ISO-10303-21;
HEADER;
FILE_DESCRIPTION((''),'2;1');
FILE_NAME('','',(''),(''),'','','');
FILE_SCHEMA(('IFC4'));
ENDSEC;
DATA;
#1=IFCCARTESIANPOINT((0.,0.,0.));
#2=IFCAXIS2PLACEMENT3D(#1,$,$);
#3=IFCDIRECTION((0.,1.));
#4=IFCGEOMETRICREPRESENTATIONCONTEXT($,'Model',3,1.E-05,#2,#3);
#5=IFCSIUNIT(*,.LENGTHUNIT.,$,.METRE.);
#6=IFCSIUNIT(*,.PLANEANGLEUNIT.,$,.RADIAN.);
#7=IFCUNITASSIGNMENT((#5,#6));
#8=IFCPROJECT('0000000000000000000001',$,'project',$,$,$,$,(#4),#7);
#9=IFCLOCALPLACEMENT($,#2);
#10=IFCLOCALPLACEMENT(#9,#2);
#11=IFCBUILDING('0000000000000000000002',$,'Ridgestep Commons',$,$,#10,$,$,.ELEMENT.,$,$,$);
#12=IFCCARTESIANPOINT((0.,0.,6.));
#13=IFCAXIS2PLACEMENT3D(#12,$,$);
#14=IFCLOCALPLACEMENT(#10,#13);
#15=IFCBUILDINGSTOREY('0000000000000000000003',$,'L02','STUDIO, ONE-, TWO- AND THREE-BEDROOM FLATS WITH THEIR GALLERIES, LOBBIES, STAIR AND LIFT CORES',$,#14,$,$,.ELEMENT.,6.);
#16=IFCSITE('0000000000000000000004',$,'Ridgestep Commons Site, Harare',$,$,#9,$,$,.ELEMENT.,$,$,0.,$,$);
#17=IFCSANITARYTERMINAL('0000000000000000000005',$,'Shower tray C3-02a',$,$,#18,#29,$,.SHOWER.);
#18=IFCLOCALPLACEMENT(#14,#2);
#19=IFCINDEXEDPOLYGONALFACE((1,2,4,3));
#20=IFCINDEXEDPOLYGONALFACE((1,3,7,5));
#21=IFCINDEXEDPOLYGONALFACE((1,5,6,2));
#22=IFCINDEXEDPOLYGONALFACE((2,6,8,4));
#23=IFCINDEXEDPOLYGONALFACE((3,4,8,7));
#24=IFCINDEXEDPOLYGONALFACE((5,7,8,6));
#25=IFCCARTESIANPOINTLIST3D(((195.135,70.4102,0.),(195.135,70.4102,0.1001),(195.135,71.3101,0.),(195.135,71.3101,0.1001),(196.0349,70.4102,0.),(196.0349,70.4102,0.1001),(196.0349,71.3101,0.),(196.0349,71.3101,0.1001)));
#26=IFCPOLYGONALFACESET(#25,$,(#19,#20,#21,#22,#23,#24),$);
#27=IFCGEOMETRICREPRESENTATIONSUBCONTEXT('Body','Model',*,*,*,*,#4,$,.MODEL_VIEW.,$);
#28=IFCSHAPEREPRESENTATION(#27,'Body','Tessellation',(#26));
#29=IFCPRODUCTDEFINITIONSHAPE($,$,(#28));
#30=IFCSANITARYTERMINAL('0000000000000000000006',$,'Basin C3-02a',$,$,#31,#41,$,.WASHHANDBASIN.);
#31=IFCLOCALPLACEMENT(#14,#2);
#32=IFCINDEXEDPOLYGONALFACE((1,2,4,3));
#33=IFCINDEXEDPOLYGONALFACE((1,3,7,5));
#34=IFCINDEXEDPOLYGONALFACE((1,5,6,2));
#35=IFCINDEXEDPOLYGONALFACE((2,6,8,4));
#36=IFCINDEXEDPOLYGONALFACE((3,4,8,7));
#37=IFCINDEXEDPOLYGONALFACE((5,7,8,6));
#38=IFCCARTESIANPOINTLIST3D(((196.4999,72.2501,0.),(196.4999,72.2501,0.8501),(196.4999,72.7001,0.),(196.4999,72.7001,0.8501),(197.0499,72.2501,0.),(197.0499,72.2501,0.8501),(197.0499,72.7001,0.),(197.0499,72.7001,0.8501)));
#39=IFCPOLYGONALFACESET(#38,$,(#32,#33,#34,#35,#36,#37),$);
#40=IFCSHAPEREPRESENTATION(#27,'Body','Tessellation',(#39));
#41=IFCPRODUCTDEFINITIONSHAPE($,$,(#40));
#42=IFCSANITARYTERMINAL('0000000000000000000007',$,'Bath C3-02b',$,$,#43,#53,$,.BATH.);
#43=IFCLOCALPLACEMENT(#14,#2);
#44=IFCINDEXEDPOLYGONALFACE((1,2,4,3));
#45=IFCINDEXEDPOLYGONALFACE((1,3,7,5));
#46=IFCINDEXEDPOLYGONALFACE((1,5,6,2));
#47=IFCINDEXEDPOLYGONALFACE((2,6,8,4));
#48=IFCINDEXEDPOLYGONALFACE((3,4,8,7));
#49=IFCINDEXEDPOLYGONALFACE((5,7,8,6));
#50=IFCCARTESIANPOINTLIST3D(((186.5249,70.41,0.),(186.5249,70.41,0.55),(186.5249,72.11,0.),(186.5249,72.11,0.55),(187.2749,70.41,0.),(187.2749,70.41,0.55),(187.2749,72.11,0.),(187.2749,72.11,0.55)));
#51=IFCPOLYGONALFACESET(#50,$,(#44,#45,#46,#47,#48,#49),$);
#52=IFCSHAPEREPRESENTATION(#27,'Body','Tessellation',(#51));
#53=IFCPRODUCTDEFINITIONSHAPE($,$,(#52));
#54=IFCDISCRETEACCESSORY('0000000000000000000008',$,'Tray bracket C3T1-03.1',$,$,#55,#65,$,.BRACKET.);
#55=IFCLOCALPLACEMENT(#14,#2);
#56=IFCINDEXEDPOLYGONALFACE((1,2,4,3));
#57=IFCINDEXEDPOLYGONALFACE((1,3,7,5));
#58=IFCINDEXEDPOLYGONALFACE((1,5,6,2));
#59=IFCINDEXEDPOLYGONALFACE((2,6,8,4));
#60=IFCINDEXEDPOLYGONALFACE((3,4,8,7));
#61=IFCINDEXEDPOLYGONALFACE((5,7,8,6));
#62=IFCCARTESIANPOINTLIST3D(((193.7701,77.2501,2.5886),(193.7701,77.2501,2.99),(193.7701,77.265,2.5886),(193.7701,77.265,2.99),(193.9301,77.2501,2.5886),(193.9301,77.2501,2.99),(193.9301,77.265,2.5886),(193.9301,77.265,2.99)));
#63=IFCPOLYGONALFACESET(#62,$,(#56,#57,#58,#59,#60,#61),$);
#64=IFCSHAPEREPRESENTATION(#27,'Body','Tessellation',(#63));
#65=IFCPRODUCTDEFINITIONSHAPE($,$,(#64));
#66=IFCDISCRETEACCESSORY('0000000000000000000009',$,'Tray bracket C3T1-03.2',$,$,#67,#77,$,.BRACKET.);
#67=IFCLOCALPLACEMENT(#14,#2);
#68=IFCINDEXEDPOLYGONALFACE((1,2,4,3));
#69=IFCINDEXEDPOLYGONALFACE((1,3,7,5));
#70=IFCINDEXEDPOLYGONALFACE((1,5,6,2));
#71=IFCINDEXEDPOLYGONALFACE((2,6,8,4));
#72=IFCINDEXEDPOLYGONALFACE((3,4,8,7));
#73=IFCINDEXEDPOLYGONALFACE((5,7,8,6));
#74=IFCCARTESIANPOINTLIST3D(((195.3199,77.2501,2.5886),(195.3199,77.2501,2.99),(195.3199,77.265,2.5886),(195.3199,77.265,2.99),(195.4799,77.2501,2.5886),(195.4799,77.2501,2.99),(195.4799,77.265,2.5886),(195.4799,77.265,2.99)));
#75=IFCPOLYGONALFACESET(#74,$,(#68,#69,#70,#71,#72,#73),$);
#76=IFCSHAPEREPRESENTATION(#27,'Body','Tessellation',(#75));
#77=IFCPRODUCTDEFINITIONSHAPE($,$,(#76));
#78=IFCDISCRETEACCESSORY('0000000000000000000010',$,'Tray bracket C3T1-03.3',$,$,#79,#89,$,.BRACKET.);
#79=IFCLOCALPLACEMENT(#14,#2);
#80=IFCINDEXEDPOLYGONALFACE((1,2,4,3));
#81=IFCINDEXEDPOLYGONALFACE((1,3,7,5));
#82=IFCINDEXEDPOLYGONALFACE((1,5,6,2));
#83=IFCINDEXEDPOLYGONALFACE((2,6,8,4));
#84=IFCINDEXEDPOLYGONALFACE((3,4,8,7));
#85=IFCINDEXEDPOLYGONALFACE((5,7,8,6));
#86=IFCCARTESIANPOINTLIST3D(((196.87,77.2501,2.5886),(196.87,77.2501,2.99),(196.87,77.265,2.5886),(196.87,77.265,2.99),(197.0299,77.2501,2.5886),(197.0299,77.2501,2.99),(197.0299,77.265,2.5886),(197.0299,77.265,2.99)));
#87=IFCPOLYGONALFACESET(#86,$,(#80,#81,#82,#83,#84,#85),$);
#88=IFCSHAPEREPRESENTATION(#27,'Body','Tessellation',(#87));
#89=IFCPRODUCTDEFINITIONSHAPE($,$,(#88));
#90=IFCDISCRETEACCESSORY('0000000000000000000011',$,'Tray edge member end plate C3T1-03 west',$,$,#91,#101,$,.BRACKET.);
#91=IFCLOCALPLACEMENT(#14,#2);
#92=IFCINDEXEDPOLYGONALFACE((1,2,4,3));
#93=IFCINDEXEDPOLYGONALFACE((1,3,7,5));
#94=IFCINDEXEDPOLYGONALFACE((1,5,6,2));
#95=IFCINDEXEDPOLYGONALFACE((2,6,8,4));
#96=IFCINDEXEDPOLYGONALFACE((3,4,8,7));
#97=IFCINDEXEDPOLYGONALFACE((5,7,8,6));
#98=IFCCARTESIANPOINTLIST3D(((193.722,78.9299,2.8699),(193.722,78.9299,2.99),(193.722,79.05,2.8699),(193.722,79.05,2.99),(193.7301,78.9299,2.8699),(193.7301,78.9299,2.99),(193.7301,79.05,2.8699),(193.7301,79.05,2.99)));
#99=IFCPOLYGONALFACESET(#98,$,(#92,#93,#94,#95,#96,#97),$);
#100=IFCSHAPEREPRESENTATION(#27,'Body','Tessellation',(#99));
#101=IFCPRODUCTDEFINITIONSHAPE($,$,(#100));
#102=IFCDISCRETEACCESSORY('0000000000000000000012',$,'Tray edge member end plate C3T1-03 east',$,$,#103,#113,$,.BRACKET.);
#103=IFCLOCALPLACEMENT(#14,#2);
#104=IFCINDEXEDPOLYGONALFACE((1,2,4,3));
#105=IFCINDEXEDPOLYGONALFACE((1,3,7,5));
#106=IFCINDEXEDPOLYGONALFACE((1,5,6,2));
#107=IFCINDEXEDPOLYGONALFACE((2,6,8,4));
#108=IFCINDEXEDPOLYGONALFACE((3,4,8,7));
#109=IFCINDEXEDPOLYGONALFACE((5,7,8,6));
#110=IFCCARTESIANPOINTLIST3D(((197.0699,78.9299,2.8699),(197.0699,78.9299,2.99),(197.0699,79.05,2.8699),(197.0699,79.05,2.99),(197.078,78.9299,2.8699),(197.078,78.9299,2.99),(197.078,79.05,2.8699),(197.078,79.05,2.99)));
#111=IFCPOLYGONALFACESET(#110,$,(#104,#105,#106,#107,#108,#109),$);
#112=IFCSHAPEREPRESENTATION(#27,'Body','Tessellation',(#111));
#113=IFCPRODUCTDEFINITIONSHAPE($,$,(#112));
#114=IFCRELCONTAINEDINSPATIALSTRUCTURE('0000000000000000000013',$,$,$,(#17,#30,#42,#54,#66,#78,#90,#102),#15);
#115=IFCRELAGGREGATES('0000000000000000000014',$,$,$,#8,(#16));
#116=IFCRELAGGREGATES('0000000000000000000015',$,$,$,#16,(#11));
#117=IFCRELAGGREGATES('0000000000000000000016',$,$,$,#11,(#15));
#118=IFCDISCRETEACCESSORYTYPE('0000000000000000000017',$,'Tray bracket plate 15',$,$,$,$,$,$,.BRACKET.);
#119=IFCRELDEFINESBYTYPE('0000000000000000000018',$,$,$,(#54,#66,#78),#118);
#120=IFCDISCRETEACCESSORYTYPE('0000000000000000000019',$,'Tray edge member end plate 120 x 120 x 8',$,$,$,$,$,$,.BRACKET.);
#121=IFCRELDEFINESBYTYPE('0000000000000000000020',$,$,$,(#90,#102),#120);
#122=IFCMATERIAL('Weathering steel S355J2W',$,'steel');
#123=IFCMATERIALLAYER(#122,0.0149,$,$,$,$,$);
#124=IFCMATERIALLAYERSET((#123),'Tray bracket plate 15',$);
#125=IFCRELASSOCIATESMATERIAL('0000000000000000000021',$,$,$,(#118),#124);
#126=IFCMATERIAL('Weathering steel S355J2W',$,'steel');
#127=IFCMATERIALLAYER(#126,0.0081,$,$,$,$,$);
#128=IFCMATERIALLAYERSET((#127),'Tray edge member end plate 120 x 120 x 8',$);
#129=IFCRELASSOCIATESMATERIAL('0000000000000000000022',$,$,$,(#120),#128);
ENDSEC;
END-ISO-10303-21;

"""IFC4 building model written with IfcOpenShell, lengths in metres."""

from ifc_helpers import new_model, si_unit, direction, frame, origin, origin_2d, place, context, subcontext, project, spatial, rectangle, extrude, material, layer, layer_set, type_object, element, save


model = new_model("IFC4")

# Units and contexts
model_context = context("Model", 3, precision=1e-05, world=origin(), true_north=direction((0.0, 1.0)))
body_context = subcontext(model_context, "Body", "Model", "MODEL_VIEW")
ifc_project = project(units=[si_unit("LENGTHUNIT", "METRE"), si_unit("PLANEANGLEUNIT", "RADIAN")], contexts=[model_context])

# Site, building, storey
site_placement = place(None, origin())
site = spatial("IfcSite", under=ifc_project, at=site_placement, Name="Ridgestep Commons Site, Harare", CompositionType="ELEMENT", RefElevation=0.0)
building_placement = place(site_placement, origin())
building = spatial("IfcBuilding", under=site, at=building_placement, Name="Ridgestep Commons", CompositionType="ELEMENT")
storey_placement = place(building_placement, frame((0.0, 0.0, 6.0)))
storey = spatial("IfcBuildingStorey", under=building, at=storey_placement, Name="L02", Description="STUDIO, ONE-, TWO- AND THREE-BEDROOM FLATS WITH THEIR GALLERIES, LOBBIES, STAIR AND LIFT CORES", CompositionType="ELEMENT", Elevation=6.0)

# Sanitary terminals
sanitary_terminal_1_placement = place(storey_placement, frame((195.585, 70.8601, 0.0), z_axis=(0.0, 0.0, 1.0), x_axis=(1.0, 0.0, 0.0)))
element("IfcSanitaryTerminal", 1, at=sanitary_terminal_1_placement, inside=storey, Name="Shower tray C3-02a", PredefinedType="SHOWER", context=body_context, shape_type="SweptSolid", body=[
    extrude(rectangle(XDim=0.8999, YDim=0.8999, at=origin_2d()), origin(), (0.0, 0.0, 1.0), 0.1001),
])
sanitary_terminal_2_placement = place(storey_placement, frame((196.7749, 72.4751, 0.0), z_axis=(0.0, 0.0, 1.0), x_axis=(1.0, 0.0, 0.0)))
element("IfcSanitaryTerminal", 2, at=sanitary_terminal_2_placement, inside=storey, Name="Basin C3-02a", PredefinedType="WASHHANDBASIN", context=body_context, shape_type="SweptSolid", body=[
    extrude(rectangle(XDim=0.55, YDim=0.45, at=origin_2d()), origin(), (0.0, 0.0, 1.0), 0.8501),
])
sanitary_terminal_3_placement = place(storey_placement, frame((186.8999, 71.26, 0.0), z_axis=(0.0, 0.0, 1.0), x_axis=(1.0, 0.0, 0.0)))
element("IfcSanitaryTerminal", 3, at=sanitary_terminal_3_placement, inside=storey, Name="Bath C3-02b", PredefinedType="BATH", context=body_context, shape_type="SweptSolid", body=[
    extrude(rectangle(XDim=0.75, YDim=1.7, at=origin_2d()), origin(), (0.0, 0.0, 1.0), 0.55),
])

# Discrete accessories
ifc_material_1 = material(Name="Weathering steel S355J2W", Category="steel")
ifc_layer_1 = layer(ifc_material_1, 0.0149)
ifc_layer_set_1 = layer_set([ifc_layer_1], Name="Tray bracket plate 15")
discrete_accessory_type_1 = type_object("IfcDiscreteAccessoryType", Name="Tray bracket plate 15", PredefinedType="BRACKET", material=ifc_layer_set_1)
for number, where, z_axis, x_axis, name in (
    (4, (193.8501, 77.2576, 2.5886), (0.0, 0.0, 1.0), (1.0, 0.0, 0.0), "Tray bracket C3T1-03.1"),
    (5, (195.3999, 77.2576, 2.5886), (0.0, 0.0, 1.0), (1.0, 0.0, 0.0), "Tray bracket C3T1-03.2"),
    (6, (196.95, 77.2576, 2.5886), (0.0, 0.0, 1.0), (1.0, 0.0, 0.0), "Tray bracket C3T1-03.3"),
):
    element("IfcDiscreteAccessory", number, at=place(storey_placement, frame(where, z_axis=z_axis, x_axis=x_axis)), inside=storey, type_object=discrete_accessory_type_1, Name=name, PredefinedType="BRACKET", context=body_context, shape_type="SweptSolid", body=[
        extrude(rectangle(XDim=0.1599, YDim=0.0149, at=origin_2d()), origin(), (0.0, 0.0, 1.0), 0.4014),
    ])
ifc_material_2 = material(Name="Weathering steel S355J2W", Category="steel")
ifc_layer_2 = layer(ifc_material_2, 0.0081)
ifc_layer_set_2 = layer_set([ifc_layer_2], Name="Tray edge member end plate 120 x 120 x 8")
discrete_accessory_type_2 = type_object("IfcDiscreteAccessoryType", Name="Tray edge member end plate 120 x 120 x 8", PredefinedType="BRACKET", material=ifc_layer_set_2)
for number, where, z_axis, x_axis, name in (
    (7, (193.7261, 78.99, 2.8699), (0.0, 0.0, 1.0), (1.0, 0.0, 0.0), "Tray edge member end plate C3T1-03 west"),
    (8, (197.074, 78.99, 2.8699), (0.0, 0.0, 1.0), (1.0, 0.0, 0.0), "Tray edge member end plate C3T1-03 east"),
):
    element("IfcDiscreteAccessory", number, at=place(storey_placement, frame(where, z_axis=z_axis, x_axis=x_axis)), inside=storey, type_object=discrete_accessory_type_2, Name=name, PredefinedType="BRACKET", context=body_context, shape_type="SweptSolid", body=[
        extrude(rectangle(XDim=0.0081, YDim=0.1201, at=origin_2d()), origin(), (0.0, 0.0, 1.0), 0.1201),
    ])

save(model, "model.ifc")
